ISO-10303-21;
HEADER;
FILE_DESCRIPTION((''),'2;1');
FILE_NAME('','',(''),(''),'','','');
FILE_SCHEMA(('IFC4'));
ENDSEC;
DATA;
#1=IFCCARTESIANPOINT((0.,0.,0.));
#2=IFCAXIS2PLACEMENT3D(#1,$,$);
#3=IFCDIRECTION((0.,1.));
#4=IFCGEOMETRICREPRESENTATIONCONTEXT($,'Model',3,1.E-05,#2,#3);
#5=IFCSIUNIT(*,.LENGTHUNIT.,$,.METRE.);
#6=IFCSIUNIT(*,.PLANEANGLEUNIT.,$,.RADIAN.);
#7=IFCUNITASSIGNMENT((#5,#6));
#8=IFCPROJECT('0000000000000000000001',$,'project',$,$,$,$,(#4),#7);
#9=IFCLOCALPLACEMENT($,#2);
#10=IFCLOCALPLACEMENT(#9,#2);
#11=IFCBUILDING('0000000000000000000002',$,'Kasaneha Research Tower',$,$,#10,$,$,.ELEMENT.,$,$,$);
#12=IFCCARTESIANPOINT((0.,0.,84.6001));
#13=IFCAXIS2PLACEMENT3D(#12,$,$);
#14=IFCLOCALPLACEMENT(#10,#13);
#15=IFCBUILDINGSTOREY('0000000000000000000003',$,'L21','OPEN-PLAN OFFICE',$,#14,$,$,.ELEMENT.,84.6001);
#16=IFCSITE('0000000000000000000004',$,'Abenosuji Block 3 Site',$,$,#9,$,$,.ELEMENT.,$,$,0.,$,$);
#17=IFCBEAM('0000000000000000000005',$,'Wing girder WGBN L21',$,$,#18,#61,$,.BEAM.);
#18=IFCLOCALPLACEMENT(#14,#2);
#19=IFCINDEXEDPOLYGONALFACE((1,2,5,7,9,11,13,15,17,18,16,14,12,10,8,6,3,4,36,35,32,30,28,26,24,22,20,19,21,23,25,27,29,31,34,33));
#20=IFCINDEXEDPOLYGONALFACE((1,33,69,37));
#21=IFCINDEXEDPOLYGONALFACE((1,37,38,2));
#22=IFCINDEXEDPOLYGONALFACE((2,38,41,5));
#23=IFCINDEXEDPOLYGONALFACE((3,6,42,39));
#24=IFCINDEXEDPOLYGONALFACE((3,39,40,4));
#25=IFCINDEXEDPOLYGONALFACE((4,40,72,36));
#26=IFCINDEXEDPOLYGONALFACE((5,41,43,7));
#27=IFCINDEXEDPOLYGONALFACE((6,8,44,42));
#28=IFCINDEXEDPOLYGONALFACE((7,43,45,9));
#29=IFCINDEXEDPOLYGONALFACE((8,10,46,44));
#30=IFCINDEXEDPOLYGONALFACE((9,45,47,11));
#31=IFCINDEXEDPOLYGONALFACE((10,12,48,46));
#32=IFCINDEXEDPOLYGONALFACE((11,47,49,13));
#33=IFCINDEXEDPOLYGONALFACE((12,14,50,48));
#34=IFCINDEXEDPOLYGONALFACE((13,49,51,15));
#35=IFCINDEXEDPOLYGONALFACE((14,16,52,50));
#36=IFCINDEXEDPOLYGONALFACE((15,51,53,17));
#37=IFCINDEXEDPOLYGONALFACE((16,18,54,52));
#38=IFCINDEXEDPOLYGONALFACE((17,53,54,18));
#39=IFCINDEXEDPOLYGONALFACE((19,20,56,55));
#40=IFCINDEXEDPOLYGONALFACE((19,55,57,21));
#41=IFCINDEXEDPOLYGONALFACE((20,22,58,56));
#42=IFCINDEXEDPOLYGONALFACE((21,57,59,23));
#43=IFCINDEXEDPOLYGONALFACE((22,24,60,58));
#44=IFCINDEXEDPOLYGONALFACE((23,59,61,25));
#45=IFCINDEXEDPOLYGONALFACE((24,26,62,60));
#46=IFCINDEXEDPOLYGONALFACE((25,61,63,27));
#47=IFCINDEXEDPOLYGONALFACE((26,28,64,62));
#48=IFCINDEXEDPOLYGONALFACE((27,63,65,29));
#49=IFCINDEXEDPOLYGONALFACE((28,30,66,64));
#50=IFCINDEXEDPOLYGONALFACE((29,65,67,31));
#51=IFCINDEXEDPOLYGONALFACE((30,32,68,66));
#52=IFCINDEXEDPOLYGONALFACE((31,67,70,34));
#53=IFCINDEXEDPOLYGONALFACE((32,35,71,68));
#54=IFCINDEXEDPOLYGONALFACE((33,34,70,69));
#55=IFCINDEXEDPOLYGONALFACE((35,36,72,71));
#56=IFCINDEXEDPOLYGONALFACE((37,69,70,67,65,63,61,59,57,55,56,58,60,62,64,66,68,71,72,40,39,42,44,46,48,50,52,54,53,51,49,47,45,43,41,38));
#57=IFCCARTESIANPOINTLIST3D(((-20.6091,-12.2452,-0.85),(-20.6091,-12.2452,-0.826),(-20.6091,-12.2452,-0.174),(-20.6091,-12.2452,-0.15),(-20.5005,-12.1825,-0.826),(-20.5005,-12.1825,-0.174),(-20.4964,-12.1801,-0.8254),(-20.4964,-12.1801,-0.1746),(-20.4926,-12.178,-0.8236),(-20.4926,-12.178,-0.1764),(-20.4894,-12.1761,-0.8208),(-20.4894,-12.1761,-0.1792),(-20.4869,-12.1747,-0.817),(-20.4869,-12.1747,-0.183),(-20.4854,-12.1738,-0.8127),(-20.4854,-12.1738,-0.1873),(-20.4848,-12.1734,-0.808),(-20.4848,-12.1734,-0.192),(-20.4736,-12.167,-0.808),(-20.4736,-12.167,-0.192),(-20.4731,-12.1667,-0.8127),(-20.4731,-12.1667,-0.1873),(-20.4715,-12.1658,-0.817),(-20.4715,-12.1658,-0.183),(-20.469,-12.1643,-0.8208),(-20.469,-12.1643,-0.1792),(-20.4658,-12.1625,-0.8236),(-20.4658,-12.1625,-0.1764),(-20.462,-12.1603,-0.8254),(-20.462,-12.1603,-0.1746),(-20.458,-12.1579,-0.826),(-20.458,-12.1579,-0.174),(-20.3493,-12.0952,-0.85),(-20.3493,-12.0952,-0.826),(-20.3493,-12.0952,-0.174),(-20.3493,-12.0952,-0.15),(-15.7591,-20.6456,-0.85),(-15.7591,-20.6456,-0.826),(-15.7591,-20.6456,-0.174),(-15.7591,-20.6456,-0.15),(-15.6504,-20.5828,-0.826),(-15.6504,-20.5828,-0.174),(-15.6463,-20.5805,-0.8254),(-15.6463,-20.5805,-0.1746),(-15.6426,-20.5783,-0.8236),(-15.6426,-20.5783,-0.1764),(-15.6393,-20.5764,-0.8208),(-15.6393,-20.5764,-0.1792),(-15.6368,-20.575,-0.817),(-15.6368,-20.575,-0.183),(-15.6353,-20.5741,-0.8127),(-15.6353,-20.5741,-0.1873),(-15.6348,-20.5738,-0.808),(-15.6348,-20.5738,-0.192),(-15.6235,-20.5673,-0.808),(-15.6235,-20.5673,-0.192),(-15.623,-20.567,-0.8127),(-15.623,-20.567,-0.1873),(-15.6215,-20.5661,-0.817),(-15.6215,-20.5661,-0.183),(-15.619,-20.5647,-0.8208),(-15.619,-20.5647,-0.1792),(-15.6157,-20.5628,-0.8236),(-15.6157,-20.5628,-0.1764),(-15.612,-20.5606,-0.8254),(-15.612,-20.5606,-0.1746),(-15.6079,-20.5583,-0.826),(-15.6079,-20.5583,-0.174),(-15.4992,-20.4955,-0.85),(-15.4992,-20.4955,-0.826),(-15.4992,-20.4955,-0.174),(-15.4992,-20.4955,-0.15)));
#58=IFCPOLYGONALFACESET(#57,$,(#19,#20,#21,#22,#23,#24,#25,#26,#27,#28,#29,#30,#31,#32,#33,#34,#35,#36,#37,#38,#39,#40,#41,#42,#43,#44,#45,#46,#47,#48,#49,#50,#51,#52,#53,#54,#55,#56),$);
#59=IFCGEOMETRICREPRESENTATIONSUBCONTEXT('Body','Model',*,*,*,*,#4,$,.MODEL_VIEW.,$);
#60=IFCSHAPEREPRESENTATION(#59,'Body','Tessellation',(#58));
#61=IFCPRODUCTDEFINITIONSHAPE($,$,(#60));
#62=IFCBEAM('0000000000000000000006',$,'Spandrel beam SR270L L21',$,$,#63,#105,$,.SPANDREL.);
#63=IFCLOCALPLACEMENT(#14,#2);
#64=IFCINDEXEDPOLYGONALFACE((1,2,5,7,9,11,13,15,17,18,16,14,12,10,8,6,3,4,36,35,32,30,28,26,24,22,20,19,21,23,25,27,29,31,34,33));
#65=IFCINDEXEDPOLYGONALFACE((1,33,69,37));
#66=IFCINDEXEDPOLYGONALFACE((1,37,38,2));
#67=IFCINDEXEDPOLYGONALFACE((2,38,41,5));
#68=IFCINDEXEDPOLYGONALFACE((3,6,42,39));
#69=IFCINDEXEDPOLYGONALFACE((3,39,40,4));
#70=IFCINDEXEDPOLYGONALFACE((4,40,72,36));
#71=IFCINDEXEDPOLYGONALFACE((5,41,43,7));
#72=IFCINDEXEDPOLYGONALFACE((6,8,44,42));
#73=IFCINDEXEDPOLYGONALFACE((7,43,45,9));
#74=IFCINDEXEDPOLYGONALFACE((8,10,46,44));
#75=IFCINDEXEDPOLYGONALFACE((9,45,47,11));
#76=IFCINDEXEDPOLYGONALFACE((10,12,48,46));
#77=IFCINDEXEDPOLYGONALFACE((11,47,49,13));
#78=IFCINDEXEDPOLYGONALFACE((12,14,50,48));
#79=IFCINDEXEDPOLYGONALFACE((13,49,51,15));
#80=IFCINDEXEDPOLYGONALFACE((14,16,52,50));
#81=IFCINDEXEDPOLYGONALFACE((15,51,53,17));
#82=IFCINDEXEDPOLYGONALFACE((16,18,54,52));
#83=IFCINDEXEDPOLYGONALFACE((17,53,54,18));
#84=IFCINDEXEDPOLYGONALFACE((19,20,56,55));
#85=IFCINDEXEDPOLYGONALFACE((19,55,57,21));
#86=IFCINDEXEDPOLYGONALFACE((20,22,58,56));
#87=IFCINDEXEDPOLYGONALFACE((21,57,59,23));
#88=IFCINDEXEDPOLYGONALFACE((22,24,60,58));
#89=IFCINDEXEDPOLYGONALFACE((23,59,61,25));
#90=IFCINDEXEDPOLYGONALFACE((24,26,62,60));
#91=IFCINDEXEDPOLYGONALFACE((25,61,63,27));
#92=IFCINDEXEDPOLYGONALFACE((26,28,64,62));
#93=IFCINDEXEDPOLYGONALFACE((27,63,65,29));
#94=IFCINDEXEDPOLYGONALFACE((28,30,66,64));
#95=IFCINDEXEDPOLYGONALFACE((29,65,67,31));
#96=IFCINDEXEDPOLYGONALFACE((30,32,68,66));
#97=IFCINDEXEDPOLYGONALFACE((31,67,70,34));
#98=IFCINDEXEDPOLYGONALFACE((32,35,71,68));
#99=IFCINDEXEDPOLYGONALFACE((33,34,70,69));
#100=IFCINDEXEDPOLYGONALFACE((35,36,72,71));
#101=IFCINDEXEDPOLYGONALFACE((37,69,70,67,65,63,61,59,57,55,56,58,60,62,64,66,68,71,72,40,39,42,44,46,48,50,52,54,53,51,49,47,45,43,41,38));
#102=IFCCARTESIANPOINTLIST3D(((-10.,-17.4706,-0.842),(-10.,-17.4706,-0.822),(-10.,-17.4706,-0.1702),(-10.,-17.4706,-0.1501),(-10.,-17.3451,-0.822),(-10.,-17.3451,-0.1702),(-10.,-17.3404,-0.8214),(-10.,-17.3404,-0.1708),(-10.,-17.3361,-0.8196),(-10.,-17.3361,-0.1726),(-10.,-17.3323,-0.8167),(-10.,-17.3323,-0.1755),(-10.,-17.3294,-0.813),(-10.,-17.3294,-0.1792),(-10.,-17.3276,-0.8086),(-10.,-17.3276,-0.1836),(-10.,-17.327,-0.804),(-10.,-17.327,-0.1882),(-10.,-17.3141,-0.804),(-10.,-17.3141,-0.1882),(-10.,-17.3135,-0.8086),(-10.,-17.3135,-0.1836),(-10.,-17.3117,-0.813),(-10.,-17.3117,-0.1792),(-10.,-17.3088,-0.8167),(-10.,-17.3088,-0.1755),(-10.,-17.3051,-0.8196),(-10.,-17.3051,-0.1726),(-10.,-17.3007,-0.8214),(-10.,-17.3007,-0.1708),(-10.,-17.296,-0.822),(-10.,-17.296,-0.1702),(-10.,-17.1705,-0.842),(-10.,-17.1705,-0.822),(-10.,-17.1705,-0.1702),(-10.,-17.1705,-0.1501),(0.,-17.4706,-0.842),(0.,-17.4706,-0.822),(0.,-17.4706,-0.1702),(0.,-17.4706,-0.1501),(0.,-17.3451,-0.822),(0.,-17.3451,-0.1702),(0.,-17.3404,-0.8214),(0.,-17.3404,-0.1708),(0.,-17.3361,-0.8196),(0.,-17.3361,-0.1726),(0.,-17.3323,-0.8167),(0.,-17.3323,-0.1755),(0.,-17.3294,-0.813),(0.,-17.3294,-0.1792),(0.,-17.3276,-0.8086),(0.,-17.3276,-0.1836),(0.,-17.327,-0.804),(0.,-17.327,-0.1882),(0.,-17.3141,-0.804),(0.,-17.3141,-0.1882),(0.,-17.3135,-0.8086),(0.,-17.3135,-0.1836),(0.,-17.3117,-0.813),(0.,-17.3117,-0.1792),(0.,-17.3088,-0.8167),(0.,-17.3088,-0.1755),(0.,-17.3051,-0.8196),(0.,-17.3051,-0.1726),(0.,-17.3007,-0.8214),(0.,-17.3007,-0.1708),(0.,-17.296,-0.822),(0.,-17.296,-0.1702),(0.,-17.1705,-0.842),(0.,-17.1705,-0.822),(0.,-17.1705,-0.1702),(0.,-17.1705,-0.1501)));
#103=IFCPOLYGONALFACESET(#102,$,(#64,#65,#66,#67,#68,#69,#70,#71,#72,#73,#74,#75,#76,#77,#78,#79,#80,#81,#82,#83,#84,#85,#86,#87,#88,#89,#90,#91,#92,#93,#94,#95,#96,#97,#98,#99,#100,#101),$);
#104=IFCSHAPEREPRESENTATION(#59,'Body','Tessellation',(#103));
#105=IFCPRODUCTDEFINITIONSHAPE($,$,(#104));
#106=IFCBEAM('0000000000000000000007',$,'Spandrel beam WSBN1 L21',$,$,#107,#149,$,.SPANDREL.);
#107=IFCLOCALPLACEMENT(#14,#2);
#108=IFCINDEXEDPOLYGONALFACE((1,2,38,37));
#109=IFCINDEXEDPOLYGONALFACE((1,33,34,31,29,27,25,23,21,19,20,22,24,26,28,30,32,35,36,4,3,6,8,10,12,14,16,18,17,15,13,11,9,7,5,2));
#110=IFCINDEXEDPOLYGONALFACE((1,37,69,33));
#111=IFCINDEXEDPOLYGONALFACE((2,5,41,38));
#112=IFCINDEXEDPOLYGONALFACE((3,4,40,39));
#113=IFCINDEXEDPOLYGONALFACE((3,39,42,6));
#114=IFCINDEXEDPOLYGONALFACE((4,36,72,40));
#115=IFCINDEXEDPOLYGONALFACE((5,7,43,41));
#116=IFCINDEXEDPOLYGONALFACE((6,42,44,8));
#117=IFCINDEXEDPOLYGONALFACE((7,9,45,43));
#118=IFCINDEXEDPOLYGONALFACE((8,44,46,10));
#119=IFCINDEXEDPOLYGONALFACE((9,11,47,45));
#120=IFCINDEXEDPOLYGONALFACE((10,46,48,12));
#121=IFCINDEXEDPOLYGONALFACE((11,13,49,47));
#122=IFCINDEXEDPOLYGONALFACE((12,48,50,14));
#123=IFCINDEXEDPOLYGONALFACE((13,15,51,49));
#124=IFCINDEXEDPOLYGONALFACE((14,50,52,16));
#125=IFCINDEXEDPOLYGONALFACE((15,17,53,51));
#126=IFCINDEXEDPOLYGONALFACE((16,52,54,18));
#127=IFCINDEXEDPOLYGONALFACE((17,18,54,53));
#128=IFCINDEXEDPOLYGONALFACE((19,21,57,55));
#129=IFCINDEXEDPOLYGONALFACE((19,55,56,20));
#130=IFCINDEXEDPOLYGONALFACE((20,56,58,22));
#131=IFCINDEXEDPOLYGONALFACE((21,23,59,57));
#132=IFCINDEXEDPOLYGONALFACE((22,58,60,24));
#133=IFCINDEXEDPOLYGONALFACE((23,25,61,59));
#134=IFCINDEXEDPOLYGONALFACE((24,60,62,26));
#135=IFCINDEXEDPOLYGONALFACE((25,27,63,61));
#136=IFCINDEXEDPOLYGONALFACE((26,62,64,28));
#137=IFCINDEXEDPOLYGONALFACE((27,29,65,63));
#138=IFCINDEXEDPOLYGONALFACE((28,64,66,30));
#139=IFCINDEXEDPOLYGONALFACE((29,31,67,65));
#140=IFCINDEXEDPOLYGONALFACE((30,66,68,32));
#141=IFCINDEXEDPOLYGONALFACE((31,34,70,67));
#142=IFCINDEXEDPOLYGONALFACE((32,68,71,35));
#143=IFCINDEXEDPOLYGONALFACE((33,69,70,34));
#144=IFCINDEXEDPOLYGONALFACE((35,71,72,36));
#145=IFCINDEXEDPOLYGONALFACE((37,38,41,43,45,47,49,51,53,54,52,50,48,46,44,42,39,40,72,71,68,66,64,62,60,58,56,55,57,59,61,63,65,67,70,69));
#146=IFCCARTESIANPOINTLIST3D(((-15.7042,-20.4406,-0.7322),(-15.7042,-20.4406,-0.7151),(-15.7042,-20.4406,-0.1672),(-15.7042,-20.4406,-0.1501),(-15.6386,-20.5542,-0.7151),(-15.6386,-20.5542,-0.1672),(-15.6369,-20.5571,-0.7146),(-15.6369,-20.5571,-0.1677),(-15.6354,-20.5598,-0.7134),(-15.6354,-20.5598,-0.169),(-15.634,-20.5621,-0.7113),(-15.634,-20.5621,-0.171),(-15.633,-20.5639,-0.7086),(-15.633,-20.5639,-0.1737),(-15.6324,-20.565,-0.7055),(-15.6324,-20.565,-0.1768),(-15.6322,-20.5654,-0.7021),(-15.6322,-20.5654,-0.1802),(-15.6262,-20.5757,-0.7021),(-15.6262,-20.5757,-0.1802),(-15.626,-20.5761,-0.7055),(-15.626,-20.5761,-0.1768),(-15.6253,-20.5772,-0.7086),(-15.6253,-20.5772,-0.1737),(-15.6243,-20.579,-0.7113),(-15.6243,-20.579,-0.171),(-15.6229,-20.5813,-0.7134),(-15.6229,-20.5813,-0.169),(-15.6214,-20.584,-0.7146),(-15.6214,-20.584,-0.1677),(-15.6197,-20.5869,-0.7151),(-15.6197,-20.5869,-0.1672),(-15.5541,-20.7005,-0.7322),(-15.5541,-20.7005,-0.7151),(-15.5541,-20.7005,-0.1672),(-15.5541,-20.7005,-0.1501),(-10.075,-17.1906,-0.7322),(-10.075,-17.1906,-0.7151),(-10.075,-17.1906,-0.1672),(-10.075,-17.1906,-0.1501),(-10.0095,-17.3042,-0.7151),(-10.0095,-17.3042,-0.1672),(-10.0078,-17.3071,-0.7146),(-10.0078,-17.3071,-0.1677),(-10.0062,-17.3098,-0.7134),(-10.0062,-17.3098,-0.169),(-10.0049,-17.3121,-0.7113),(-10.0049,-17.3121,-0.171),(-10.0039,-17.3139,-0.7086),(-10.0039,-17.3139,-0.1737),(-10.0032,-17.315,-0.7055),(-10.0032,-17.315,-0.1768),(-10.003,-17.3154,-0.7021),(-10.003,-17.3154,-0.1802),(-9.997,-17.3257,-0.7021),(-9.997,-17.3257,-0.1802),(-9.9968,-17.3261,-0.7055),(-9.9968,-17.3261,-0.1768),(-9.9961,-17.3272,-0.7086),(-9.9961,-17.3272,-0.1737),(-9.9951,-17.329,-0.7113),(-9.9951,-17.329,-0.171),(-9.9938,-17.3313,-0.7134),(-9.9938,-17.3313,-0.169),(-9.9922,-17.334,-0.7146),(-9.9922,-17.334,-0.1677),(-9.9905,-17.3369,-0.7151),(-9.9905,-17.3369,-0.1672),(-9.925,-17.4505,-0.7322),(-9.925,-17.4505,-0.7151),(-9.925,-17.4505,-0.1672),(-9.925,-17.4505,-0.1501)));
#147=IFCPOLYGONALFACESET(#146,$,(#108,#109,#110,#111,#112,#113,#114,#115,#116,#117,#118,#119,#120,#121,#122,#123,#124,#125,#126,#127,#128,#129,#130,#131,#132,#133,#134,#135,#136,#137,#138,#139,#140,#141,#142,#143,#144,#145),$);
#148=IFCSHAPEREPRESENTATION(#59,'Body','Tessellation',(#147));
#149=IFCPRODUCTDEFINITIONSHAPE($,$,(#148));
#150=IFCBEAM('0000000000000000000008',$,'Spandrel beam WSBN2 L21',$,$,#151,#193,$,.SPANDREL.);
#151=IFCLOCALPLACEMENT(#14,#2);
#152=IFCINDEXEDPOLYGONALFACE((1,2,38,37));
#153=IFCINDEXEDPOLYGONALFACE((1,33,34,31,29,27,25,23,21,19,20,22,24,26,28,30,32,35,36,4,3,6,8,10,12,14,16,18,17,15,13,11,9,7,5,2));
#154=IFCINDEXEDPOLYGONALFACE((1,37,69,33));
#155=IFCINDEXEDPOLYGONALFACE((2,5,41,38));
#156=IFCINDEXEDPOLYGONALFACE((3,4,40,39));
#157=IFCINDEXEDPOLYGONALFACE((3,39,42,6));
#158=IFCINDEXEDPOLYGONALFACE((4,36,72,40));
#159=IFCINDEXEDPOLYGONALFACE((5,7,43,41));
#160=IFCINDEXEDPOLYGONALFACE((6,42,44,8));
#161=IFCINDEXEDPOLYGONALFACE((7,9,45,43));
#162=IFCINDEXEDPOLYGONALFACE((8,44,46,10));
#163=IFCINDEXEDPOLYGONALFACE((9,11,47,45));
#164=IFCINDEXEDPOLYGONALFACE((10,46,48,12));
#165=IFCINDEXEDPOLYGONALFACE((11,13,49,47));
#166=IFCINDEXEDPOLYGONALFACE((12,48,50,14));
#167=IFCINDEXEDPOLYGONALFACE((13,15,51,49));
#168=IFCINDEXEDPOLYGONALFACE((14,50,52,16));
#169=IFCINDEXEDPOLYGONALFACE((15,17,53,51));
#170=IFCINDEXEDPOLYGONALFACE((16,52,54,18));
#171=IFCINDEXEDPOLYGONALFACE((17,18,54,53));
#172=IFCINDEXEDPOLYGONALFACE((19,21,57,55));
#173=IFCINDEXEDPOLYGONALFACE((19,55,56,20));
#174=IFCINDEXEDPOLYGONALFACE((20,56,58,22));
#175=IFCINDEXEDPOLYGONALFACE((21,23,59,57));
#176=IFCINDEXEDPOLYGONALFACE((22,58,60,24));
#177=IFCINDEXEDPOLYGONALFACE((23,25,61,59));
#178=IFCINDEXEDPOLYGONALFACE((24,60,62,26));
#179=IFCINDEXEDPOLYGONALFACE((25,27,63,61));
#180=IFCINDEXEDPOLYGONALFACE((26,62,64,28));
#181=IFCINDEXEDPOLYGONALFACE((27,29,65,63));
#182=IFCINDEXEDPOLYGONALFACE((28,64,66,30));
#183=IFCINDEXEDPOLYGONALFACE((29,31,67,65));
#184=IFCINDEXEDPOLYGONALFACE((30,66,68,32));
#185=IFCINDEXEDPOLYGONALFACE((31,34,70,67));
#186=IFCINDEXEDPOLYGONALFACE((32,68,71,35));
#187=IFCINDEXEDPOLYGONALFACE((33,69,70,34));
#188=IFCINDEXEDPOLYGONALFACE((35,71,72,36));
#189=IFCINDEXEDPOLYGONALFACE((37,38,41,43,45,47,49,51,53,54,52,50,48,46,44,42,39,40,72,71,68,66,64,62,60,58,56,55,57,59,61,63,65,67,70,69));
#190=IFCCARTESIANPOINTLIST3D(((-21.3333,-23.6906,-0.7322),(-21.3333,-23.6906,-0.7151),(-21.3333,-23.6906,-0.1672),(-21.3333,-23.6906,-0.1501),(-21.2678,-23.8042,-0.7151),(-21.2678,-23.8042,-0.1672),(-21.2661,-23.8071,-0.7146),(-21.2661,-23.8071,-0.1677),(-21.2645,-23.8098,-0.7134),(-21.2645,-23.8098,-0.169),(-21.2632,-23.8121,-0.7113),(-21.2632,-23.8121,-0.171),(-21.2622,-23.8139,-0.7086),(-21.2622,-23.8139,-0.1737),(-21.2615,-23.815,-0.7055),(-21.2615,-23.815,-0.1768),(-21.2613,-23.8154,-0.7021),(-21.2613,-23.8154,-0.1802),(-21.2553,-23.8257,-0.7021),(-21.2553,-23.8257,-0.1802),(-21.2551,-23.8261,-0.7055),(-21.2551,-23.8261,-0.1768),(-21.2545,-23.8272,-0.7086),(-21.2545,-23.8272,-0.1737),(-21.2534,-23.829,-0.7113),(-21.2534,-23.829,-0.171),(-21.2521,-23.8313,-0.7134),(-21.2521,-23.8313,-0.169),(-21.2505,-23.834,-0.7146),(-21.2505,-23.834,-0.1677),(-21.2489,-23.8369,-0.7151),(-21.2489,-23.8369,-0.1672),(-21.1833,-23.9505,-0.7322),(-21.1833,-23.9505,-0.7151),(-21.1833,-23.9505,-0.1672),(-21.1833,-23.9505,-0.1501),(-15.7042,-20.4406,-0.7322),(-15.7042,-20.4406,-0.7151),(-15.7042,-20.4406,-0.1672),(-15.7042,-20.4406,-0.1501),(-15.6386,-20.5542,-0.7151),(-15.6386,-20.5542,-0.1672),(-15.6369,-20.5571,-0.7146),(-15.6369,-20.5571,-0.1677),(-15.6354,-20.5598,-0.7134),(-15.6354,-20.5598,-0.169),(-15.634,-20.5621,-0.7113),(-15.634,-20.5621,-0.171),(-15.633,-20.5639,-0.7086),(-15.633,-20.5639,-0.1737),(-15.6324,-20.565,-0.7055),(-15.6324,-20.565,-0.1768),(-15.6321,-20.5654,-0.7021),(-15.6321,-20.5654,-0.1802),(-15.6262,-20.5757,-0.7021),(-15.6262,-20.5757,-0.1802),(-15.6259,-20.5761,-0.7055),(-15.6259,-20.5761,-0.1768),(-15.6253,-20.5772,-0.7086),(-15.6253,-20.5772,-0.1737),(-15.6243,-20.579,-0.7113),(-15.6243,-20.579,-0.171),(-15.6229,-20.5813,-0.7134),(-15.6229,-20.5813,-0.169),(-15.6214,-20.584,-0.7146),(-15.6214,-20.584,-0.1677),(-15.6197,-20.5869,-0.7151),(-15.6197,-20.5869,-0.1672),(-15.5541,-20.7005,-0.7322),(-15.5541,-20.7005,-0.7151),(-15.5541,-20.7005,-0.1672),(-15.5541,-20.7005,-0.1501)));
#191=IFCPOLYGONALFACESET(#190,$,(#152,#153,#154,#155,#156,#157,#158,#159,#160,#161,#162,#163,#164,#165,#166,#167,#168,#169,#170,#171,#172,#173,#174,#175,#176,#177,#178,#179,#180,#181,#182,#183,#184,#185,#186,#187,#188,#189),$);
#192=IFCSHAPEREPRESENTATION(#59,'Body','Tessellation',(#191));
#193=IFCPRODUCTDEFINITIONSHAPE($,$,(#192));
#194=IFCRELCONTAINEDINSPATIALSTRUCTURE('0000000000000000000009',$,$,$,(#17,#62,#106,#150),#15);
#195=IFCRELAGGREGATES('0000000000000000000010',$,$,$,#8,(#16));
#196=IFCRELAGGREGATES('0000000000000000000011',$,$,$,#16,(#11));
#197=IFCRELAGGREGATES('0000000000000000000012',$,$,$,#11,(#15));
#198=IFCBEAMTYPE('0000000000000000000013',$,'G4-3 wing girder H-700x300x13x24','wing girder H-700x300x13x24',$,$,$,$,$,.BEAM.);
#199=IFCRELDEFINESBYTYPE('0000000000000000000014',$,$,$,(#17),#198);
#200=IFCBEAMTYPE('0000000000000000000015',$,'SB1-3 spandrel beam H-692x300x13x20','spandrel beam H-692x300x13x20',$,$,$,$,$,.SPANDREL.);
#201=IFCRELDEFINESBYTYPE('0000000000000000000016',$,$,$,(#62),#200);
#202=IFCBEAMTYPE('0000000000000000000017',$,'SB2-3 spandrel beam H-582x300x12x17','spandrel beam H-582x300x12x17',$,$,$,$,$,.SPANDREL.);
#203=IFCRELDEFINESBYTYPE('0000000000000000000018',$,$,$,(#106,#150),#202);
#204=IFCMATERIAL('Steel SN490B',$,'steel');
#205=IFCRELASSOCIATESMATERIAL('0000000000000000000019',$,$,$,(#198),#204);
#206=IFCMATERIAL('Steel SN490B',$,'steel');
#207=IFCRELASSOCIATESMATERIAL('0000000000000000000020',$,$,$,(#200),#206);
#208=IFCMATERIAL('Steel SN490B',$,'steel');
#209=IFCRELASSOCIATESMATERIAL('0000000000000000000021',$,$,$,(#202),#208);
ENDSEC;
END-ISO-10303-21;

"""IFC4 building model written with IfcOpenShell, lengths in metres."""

from ifc_helpers import new_model, si_unit, direction, frame, origin, origin_2d, place, context, subcontext, project, spatial, i_section, extrude, material, material_profile, profile_set, type_object, element, save


model = new_model("IFC4")

# Units and contexts
model_context = context("Model", 3, precision=1e-05, world=origin(), true_north=direction((0.0, 1.0)))
body_context = subcontext(model_context, "Body", "Model", "MODEL_VIEW")
ifc_project = project(units=[si_unit("LENGTHUNIT", "METRE"), si_unit("PLANEANGLEUNIT", "RADIAN")], contexts=[model_context])

# Site, building, storey
site_placement = place(None, origin())
site = spatial("IfcSite", under=ifc_project, at=site_placement, Name="Abenosuji Block 3 Site", CompositionType="ELEMENT", RefElevation=0.0)
building_placement = place(site_placement, origin())
building = spatial("IfcBuilding", under=site, at=building_placement, Name="Kasaneha Research Tower", CompositionType="ELEMENT")
storey_placement = place(building_placement, frame((0.0, 0.0, 84.6001)))
storey = spatial("IfcBuildingStorey", under=building, at=storey_placement, Name="L21", Description="OPEN-PLAN OFFICE", CompositionType="ELEMENT", Elevation=84.6001)

# Beams
ifc_material_1 = material(Name="Steel SN490B", Category="steel")
ifc_material_profile_1 = material_profile(ifc_material_1, i_section(OverallWidth=0.3, OverallDepth=0.7, WebThickness=0.0129, FlangeThickness=0.0239, FilletRadius=0.0181, at=origin_2d()), Name="H-700x300x13x24")
ifc_profile_set_1 = profile_set([ifc_material_profile_1], Name="Steel SN490B")
beam_type_1 = type_object("IfcBeamType", Name="G4-3 wing girder H-700x300x13x24", Description="wing girder H-700x300x13x24", PredefinedType="BEAM", material=ifc_profile_set_1)
beam_1_placement = place(storey_placement, frame((-15.6292, -20.5706, -0.5), z_axis=(-0.50001, 0.86602, 0.0), x_axis=(-0.86602, -0.50001, 0.0)))
element("IfcBeam", 1, at=beam_1_placement, inside=storey, type_object=beam_type_1, Name="Wing girder WGBN L21", PredefinedType="BEAM", context=body_context, shape_type="SweptSolid", body=[
    extrude(i_section(OverallWidth=0.3, OverallDepth=0.7, WebThickness=0.0129, FlangeThickness=0.0239, FilletRadius=0.0181, at=origin_2d()), origin(), (0.0, 0.0, 1.0), 9.7),
])
ifc_material_2 = material(Name="Steel SN490B", Category="steel")
ifc_material_profile_2 = material_profile(ifc_material_2, i_section(OverallWidth=0.3, OverallDepth=0.6919, WebThickness=0.0129, FlangeThickness=0.02, FilletRadius=0.0181, at=origin_2d()), Name="H-692x300x13x20")
ifc_profile_set_2 = profile_set([ifc_material_profile_2], Name="Steel SN490B")
beam_type_2 = type_object("IfcBeamType", Name="SB1-3 spandrel beam H-692x300x13x20", Description="spandrel beam H-692x300x13x20", PredefinedType="SPANDREL", material=ifc_profile_set_2)
beam_2_placement = place(storey_placement, frame((-10.0, -17.3206, -0.4961), z_axis=(1.0, 0.0, 0.0), x_axis=(0.0, 1.0, 0.0)))
element("IfcBeam", 2, at=beam_2_placement, inside=storey, type_object=beam_type_2, Name="Spandrel beam SR270L L21", PredefinedType="SPANDREL", context=body_context, shape_type="SweptSolid", body=[
    extrude(i_section(OverallWidth=0.3, OverallDepth=0.6919, WebThickness=0.0129, FlangeThickness=0.02, FilletRadius=0.0181, at=origin_2d()), origin(), (0.0, 0.0, 1.0), 10.0),
])
ifc_material_3 = material(Name="Steel SN490B", Category="steel")
ifc_material_profile_3 = material_profile(ifc_material_3, i_section(OverallWidth=0.3, OverallDepth=0.582, WebThickness=0.012, FlangeThickness=0.0171, FilletRadius=0.0129, at=origin_2d()), Name="H-582x300x12x17")
ifc_profile_set_3 = profile_set([ifc_material_profile_3], Name="Steel SN490B")
beam_type_3 = type_object("IfcBeamType", Name="SB2-3 spandrel beam H-582x300x12x17", Description="spandrel beam H-582x300x12x17", PredefinedType="SPANDREL", material=ifc_profile_set_3)
for number, where, z_axis, x_axis, name in (
    (3, (-10.0, -17.3206, -0.4412), (-0.866025, -0.500001, 0.0), (0.500001, -0.866025, 0.0), "Spandrel beam WSBN1 L21"),
    (4, (-15.6292, -20.5706, -0.4412), (-0.866025, -0.500001, 0.0), (0.500001, -0.866025, 0.0), "Spandrel beam WSBN2 L21"),
):
    element("IfcBeam", number, at=place(storey_placement, frame(where, z_axis=z_axis, x_axis=x_axis)), inside=storey, type_object=beam_type_3, Name=name, PredefinedType="SPANDREL", context=body_context, shape_type="SweptSolid", body=[
        extrude(i_section(OverallWidth=0.3, OverallDepth=0.582, WebThickness=0.012, FlangeThickness=0.0171, FilletRadius=0.0129, at=origin_2d()), origin(), (0.0, 0.0, 1.0), 6.5),
    ])

save(model, "model.ifc")
